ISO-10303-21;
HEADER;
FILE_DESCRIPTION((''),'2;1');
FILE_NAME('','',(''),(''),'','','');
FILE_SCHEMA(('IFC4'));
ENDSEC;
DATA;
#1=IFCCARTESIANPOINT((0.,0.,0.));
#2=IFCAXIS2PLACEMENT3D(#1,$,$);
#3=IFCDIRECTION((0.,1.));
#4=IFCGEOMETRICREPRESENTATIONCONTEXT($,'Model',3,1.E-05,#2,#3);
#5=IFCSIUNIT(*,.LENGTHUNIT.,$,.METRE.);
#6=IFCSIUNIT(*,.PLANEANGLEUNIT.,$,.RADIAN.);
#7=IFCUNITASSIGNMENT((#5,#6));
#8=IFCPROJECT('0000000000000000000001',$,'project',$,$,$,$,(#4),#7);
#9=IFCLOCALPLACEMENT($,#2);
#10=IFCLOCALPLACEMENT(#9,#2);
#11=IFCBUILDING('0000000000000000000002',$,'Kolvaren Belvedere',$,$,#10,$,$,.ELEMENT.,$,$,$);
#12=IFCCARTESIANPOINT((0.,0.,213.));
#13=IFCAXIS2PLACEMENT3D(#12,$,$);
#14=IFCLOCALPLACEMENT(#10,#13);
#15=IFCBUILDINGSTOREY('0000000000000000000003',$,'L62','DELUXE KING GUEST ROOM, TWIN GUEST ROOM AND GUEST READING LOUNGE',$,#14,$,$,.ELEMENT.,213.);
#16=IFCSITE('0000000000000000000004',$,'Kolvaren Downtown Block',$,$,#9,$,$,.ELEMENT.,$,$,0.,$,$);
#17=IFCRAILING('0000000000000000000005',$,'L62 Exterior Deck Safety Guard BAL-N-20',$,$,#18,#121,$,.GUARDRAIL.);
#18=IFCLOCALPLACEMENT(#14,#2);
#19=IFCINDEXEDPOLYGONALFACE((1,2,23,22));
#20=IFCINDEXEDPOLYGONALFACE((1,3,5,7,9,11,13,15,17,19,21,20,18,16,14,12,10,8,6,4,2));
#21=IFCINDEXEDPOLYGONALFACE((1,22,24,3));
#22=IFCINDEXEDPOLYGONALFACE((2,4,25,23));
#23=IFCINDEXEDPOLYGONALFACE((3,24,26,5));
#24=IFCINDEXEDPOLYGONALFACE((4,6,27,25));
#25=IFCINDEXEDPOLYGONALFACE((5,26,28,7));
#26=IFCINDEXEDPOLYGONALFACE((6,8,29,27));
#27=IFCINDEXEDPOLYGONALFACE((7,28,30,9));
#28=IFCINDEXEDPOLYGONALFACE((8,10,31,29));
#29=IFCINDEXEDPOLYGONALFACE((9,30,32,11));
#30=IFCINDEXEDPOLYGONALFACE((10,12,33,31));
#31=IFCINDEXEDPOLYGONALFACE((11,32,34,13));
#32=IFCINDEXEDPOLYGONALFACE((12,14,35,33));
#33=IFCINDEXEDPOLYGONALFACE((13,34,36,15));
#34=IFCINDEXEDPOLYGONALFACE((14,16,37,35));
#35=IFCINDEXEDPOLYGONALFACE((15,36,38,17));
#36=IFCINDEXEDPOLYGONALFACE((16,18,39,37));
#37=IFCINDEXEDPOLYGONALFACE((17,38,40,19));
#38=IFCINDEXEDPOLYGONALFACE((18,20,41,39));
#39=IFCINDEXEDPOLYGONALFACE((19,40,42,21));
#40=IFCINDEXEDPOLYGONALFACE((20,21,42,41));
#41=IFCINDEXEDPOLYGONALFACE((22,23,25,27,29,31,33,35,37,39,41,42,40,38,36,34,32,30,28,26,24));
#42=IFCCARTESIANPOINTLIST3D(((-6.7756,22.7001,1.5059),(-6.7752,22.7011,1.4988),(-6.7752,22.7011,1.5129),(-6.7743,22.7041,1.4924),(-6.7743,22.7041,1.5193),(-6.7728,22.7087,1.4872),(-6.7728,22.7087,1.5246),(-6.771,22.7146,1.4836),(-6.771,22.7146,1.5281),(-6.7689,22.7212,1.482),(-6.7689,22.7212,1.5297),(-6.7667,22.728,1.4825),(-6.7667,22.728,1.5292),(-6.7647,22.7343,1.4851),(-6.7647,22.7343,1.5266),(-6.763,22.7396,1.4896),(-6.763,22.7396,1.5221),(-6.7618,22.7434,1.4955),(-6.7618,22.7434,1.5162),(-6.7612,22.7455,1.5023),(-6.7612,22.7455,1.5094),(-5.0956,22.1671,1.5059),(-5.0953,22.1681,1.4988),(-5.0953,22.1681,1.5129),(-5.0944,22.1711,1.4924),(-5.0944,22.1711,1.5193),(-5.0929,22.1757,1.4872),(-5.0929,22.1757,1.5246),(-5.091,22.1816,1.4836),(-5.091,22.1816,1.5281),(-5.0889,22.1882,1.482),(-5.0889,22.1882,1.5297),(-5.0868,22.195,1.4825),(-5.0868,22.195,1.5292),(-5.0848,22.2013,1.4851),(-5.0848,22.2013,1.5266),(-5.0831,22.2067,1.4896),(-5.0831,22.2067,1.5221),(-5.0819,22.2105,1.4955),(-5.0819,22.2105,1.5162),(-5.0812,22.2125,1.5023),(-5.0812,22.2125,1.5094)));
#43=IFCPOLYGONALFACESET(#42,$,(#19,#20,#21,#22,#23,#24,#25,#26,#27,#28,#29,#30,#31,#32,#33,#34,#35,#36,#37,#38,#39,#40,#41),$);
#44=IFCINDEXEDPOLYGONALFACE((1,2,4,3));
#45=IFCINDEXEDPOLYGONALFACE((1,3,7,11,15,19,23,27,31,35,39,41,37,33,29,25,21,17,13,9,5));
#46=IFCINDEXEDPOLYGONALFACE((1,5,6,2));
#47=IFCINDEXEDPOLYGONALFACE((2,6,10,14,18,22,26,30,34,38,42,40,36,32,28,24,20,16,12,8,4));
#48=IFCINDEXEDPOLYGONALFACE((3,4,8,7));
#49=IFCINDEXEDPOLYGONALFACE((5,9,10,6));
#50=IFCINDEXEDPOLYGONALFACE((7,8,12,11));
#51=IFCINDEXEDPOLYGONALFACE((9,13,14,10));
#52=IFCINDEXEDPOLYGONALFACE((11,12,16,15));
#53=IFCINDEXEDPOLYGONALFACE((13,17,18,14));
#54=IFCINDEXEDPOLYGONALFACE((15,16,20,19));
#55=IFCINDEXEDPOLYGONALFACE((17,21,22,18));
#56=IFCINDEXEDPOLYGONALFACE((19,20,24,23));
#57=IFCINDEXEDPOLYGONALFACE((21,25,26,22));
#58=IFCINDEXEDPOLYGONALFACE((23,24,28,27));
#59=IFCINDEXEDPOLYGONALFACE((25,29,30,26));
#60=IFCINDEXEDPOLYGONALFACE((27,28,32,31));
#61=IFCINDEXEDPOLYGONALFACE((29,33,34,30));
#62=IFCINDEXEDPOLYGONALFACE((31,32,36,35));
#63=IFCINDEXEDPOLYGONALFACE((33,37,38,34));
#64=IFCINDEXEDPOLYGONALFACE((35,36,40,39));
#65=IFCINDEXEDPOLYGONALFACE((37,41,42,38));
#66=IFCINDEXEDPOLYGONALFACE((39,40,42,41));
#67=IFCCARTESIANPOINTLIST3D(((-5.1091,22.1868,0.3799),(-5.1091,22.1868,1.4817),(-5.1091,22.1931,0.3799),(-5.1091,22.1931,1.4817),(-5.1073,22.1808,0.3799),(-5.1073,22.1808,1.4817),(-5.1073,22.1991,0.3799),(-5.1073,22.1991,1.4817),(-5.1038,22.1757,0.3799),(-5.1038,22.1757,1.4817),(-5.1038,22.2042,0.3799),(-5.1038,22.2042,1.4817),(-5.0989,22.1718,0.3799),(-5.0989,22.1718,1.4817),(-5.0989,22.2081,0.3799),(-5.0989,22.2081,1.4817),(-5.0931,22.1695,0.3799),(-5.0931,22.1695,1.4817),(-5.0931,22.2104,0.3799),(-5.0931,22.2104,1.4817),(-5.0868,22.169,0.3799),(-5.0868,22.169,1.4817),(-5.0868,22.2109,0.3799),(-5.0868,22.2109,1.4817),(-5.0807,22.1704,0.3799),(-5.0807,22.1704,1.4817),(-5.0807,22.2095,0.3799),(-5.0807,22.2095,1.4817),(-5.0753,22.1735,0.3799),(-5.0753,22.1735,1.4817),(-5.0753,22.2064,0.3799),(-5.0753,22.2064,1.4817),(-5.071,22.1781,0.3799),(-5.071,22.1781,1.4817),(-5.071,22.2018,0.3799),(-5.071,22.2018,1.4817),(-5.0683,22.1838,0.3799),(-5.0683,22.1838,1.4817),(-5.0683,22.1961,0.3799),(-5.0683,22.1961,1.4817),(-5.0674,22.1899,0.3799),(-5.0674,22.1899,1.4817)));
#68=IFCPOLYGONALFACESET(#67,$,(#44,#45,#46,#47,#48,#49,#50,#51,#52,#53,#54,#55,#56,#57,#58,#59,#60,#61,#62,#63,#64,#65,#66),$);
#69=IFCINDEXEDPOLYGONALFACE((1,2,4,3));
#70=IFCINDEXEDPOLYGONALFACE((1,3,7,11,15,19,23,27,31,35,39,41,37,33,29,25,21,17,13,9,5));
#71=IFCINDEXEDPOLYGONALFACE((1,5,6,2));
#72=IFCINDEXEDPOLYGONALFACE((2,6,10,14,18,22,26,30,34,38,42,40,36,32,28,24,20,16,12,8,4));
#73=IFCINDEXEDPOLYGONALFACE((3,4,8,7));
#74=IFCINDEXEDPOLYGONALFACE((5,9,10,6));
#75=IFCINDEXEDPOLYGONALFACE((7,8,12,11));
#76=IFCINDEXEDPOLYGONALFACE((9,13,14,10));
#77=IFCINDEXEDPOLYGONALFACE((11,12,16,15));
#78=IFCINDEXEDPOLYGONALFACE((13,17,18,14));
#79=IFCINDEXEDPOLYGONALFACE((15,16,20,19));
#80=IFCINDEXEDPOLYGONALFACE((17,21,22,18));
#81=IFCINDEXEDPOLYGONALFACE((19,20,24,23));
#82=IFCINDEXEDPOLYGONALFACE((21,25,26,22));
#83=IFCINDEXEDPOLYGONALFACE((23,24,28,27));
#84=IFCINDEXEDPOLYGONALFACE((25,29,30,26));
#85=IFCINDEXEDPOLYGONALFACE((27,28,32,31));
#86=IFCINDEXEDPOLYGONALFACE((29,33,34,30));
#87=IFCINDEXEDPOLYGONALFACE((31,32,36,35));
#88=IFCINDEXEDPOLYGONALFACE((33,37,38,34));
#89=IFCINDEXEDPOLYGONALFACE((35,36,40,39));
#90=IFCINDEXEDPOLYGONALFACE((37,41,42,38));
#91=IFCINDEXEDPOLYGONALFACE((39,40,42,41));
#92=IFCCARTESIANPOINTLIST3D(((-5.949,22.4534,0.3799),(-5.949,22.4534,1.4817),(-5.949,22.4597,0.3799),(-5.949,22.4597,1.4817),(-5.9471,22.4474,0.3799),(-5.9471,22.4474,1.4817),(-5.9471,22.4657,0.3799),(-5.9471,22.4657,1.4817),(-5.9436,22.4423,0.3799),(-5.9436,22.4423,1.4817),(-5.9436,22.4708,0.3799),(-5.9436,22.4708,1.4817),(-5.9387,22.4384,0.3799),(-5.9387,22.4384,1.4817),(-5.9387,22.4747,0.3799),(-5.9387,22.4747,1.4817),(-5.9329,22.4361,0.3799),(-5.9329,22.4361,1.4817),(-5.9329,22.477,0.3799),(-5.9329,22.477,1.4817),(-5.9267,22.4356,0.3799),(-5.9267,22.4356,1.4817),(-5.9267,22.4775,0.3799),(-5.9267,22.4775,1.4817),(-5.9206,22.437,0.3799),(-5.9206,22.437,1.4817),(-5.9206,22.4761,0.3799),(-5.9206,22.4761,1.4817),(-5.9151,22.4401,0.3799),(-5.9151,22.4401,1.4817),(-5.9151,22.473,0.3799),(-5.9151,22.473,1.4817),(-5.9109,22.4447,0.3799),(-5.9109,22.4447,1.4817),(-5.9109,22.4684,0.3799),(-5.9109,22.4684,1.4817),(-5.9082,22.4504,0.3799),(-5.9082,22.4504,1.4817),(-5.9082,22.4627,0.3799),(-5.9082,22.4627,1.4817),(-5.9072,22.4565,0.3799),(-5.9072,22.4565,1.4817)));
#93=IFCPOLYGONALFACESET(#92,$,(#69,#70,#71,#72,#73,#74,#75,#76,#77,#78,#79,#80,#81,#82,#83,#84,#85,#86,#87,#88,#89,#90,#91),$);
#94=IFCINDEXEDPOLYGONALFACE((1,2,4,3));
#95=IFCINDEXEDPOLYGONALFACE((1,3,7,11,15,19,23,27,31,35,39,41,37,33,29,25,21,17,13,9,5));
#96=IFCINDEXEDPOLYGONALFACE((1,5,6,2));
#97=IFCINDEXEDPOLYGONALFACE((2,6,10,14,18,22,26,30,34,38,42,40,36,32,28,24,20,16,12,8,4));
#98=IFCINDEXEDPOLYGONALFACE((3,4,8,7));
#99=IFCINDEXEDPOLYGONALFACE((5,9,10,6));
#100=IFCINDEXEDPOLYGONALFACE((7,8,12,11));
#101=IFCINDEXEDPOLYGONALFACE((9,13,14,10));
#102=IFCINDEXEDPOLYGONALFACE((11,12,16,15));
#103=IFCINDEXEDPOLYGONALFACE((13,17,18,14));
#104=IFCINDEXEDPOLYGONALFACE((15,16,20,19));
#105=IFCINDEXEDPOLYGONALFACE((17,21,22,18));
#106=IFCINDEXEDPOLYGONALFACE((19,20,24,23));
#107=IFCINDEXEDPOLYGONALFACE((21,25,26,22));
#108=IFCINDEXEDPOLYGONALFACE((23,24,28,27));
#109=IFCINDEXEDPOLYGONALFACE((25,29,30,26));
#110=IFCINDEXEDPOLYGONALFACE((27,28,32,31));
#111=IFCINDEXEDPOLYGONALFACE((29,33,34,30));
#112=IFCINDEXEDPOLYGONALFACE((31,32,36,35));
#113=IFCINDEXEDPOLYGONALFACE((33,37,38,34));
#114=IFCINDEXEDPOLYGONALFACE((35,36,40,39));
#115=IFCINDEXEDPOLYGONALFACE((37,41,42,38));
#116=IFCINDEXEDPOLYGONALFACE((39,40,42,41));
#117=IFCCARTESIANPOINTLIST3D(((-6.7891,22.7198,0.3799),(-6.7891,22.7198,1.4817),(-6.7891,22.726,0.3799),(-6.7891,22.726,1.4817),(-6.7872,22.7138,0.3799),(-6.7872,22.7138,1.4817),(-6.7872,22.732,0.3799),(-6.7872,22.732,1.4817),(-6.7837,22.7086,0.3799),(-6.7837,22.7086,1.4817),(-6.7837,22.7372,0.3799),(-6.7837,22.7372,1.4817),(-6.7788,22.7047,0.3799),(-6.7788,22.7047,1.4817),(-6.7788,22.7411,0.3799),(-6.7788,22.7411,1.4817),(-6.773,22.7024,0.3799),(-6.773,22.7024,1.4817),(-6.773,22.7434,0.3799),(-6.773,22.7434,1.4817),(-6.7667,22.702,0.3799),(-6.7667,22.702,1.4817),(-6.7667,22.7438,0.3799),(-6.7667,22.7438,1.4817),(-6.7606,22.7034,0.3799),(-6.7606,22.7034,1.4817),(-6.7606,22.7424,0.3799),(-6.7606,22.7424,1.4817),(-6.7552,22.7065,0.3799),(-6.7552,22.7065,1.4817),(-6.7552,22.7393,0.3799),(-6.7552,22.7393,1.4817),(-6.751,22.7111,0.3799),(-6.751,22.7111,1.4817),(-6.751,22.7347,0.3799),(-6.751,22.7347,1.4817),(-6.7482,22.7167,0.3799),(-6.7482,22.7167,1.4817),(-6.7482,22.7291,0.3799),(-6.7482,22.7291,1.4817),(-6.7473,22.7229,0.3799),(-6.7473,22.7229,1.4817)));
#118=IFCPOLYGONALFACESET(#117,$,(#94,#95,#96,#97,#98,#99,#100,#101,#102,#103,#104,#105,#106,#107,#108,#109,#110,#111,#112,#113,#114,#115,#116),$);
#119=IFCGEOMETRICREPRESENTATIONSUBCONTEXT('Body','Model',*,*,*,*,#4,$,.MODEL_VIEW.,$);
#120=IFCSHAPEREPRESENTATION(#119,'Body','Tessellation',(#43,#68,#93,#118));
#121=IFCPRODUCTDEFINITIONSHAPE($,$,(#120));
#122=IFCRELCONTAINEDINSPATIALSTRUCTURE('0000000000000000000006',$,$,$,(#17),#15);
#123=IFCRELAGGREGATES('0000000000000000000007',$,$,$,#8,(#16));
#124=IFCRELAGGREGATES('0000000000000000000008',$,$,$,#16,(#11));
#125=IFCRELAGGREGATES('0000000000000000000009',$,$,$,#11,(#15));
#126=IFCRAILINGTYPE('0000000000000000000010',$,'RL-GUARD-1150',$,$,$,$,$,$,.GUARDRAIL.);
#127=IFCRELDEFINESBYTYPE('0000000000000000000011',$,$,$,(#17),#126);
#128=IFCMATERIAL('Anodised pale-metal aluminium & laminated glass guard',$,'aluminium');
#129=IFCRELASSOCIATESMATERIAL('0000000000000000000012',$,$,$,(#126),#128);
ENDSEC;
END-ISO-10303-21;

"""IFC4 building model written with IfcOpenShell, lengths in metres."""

from ifc_helpers import new_model, si_unit, direction, frame, origin, origin_2d, place, context, subcontext, project, spatial, circle, extrude, material, type_object, element, save


model = new_model("IFC4")

# Units and contexts
model_context = context("Model", 3, precision=1e-05, world=origin(), true_north=direction((0.0, 1.0)))
body_context = subcontext(model_context, "Body", "Model", "MODEL_VIEW")
ifc_project = project(units=[si_unit("LENGTHUNIT", "METRE"), si_unit("PLANEANGLEUNIT", "RADIAN")], contexts=[model_context])

# Site, building, storey
site_placement = place(None, origin())
site = spatial("IfcSite", under=ifc_project, at=site_placement, Name="Kolvaren Downtown Block", CompositionType="ELEMENT", RefElevation=0.0)
building_placement = place(site_placement, origin())
building = spatial("IfcBuilding", under=site, at=building_placement, Name="Kolvaren Belvedere", CompositionType="ELEMENT")
storey_placement = place(building_placement, frame((0.0, 0.0, 213.0)))
storey = spatial("IfcBuildingStorey", under=building, at=storey_placement, Name="L62", Description="DELUXE KING GUEST ROOM, TWIN GUEST ROOM AND GUEST READING LOUNGE", CompositionType="ELEMENT", Elevation=213.0)

# Railing
ifc_material_1 = material(Name="Anodised pale-metal aluminium & laminated glass guard", Category="aluminium")
railing_type = type_object("IfcRailingType", Name="RL-GUARD-1150", PredefinedType="GUARDRAIL", material=ifc_material_1)
railing_1_placement = place(storey_placement, frame((-5.0884, 22.1899, 0.3799)))
element("IfcRailing", 1, at=railing_1_placement, inside=storey, type_object=railing_type, Name="L62 Exterior Deck Safety Guard BAL-N-20", PredefinedType="GUARDRAIL", context=body_context, shape_type="SweptSolid", body=[
    extrude(circle(Radius=0.0239, at=origin_2d()), frame((0.0, 0.0, 1.126), z_axis=(-0.953182, 0.302397, 0.0), x_axis=(-0.302397, -0.953182, 0.0)), (0.0, 0.0, 1.0), 1.7625),
    extrude(circle(Radius=0.021, at=origin_2d()), origin(), (0.0, 0.0, 1.0), 1.1018),
    extrude(circle(Radius=0.021, at=origin_2d()), frame((-0.8398, 0.2666, 0.0)), (0.0, 0.0, 1.0), 1.1018),
    extrude(circle(Radius=0.021, at=origin_2d()), frame((-1.6799, 0.533, 0.0)), (0.0, 0.0, 1.0), 1.1018),
])

save(model, "model.ifc")
